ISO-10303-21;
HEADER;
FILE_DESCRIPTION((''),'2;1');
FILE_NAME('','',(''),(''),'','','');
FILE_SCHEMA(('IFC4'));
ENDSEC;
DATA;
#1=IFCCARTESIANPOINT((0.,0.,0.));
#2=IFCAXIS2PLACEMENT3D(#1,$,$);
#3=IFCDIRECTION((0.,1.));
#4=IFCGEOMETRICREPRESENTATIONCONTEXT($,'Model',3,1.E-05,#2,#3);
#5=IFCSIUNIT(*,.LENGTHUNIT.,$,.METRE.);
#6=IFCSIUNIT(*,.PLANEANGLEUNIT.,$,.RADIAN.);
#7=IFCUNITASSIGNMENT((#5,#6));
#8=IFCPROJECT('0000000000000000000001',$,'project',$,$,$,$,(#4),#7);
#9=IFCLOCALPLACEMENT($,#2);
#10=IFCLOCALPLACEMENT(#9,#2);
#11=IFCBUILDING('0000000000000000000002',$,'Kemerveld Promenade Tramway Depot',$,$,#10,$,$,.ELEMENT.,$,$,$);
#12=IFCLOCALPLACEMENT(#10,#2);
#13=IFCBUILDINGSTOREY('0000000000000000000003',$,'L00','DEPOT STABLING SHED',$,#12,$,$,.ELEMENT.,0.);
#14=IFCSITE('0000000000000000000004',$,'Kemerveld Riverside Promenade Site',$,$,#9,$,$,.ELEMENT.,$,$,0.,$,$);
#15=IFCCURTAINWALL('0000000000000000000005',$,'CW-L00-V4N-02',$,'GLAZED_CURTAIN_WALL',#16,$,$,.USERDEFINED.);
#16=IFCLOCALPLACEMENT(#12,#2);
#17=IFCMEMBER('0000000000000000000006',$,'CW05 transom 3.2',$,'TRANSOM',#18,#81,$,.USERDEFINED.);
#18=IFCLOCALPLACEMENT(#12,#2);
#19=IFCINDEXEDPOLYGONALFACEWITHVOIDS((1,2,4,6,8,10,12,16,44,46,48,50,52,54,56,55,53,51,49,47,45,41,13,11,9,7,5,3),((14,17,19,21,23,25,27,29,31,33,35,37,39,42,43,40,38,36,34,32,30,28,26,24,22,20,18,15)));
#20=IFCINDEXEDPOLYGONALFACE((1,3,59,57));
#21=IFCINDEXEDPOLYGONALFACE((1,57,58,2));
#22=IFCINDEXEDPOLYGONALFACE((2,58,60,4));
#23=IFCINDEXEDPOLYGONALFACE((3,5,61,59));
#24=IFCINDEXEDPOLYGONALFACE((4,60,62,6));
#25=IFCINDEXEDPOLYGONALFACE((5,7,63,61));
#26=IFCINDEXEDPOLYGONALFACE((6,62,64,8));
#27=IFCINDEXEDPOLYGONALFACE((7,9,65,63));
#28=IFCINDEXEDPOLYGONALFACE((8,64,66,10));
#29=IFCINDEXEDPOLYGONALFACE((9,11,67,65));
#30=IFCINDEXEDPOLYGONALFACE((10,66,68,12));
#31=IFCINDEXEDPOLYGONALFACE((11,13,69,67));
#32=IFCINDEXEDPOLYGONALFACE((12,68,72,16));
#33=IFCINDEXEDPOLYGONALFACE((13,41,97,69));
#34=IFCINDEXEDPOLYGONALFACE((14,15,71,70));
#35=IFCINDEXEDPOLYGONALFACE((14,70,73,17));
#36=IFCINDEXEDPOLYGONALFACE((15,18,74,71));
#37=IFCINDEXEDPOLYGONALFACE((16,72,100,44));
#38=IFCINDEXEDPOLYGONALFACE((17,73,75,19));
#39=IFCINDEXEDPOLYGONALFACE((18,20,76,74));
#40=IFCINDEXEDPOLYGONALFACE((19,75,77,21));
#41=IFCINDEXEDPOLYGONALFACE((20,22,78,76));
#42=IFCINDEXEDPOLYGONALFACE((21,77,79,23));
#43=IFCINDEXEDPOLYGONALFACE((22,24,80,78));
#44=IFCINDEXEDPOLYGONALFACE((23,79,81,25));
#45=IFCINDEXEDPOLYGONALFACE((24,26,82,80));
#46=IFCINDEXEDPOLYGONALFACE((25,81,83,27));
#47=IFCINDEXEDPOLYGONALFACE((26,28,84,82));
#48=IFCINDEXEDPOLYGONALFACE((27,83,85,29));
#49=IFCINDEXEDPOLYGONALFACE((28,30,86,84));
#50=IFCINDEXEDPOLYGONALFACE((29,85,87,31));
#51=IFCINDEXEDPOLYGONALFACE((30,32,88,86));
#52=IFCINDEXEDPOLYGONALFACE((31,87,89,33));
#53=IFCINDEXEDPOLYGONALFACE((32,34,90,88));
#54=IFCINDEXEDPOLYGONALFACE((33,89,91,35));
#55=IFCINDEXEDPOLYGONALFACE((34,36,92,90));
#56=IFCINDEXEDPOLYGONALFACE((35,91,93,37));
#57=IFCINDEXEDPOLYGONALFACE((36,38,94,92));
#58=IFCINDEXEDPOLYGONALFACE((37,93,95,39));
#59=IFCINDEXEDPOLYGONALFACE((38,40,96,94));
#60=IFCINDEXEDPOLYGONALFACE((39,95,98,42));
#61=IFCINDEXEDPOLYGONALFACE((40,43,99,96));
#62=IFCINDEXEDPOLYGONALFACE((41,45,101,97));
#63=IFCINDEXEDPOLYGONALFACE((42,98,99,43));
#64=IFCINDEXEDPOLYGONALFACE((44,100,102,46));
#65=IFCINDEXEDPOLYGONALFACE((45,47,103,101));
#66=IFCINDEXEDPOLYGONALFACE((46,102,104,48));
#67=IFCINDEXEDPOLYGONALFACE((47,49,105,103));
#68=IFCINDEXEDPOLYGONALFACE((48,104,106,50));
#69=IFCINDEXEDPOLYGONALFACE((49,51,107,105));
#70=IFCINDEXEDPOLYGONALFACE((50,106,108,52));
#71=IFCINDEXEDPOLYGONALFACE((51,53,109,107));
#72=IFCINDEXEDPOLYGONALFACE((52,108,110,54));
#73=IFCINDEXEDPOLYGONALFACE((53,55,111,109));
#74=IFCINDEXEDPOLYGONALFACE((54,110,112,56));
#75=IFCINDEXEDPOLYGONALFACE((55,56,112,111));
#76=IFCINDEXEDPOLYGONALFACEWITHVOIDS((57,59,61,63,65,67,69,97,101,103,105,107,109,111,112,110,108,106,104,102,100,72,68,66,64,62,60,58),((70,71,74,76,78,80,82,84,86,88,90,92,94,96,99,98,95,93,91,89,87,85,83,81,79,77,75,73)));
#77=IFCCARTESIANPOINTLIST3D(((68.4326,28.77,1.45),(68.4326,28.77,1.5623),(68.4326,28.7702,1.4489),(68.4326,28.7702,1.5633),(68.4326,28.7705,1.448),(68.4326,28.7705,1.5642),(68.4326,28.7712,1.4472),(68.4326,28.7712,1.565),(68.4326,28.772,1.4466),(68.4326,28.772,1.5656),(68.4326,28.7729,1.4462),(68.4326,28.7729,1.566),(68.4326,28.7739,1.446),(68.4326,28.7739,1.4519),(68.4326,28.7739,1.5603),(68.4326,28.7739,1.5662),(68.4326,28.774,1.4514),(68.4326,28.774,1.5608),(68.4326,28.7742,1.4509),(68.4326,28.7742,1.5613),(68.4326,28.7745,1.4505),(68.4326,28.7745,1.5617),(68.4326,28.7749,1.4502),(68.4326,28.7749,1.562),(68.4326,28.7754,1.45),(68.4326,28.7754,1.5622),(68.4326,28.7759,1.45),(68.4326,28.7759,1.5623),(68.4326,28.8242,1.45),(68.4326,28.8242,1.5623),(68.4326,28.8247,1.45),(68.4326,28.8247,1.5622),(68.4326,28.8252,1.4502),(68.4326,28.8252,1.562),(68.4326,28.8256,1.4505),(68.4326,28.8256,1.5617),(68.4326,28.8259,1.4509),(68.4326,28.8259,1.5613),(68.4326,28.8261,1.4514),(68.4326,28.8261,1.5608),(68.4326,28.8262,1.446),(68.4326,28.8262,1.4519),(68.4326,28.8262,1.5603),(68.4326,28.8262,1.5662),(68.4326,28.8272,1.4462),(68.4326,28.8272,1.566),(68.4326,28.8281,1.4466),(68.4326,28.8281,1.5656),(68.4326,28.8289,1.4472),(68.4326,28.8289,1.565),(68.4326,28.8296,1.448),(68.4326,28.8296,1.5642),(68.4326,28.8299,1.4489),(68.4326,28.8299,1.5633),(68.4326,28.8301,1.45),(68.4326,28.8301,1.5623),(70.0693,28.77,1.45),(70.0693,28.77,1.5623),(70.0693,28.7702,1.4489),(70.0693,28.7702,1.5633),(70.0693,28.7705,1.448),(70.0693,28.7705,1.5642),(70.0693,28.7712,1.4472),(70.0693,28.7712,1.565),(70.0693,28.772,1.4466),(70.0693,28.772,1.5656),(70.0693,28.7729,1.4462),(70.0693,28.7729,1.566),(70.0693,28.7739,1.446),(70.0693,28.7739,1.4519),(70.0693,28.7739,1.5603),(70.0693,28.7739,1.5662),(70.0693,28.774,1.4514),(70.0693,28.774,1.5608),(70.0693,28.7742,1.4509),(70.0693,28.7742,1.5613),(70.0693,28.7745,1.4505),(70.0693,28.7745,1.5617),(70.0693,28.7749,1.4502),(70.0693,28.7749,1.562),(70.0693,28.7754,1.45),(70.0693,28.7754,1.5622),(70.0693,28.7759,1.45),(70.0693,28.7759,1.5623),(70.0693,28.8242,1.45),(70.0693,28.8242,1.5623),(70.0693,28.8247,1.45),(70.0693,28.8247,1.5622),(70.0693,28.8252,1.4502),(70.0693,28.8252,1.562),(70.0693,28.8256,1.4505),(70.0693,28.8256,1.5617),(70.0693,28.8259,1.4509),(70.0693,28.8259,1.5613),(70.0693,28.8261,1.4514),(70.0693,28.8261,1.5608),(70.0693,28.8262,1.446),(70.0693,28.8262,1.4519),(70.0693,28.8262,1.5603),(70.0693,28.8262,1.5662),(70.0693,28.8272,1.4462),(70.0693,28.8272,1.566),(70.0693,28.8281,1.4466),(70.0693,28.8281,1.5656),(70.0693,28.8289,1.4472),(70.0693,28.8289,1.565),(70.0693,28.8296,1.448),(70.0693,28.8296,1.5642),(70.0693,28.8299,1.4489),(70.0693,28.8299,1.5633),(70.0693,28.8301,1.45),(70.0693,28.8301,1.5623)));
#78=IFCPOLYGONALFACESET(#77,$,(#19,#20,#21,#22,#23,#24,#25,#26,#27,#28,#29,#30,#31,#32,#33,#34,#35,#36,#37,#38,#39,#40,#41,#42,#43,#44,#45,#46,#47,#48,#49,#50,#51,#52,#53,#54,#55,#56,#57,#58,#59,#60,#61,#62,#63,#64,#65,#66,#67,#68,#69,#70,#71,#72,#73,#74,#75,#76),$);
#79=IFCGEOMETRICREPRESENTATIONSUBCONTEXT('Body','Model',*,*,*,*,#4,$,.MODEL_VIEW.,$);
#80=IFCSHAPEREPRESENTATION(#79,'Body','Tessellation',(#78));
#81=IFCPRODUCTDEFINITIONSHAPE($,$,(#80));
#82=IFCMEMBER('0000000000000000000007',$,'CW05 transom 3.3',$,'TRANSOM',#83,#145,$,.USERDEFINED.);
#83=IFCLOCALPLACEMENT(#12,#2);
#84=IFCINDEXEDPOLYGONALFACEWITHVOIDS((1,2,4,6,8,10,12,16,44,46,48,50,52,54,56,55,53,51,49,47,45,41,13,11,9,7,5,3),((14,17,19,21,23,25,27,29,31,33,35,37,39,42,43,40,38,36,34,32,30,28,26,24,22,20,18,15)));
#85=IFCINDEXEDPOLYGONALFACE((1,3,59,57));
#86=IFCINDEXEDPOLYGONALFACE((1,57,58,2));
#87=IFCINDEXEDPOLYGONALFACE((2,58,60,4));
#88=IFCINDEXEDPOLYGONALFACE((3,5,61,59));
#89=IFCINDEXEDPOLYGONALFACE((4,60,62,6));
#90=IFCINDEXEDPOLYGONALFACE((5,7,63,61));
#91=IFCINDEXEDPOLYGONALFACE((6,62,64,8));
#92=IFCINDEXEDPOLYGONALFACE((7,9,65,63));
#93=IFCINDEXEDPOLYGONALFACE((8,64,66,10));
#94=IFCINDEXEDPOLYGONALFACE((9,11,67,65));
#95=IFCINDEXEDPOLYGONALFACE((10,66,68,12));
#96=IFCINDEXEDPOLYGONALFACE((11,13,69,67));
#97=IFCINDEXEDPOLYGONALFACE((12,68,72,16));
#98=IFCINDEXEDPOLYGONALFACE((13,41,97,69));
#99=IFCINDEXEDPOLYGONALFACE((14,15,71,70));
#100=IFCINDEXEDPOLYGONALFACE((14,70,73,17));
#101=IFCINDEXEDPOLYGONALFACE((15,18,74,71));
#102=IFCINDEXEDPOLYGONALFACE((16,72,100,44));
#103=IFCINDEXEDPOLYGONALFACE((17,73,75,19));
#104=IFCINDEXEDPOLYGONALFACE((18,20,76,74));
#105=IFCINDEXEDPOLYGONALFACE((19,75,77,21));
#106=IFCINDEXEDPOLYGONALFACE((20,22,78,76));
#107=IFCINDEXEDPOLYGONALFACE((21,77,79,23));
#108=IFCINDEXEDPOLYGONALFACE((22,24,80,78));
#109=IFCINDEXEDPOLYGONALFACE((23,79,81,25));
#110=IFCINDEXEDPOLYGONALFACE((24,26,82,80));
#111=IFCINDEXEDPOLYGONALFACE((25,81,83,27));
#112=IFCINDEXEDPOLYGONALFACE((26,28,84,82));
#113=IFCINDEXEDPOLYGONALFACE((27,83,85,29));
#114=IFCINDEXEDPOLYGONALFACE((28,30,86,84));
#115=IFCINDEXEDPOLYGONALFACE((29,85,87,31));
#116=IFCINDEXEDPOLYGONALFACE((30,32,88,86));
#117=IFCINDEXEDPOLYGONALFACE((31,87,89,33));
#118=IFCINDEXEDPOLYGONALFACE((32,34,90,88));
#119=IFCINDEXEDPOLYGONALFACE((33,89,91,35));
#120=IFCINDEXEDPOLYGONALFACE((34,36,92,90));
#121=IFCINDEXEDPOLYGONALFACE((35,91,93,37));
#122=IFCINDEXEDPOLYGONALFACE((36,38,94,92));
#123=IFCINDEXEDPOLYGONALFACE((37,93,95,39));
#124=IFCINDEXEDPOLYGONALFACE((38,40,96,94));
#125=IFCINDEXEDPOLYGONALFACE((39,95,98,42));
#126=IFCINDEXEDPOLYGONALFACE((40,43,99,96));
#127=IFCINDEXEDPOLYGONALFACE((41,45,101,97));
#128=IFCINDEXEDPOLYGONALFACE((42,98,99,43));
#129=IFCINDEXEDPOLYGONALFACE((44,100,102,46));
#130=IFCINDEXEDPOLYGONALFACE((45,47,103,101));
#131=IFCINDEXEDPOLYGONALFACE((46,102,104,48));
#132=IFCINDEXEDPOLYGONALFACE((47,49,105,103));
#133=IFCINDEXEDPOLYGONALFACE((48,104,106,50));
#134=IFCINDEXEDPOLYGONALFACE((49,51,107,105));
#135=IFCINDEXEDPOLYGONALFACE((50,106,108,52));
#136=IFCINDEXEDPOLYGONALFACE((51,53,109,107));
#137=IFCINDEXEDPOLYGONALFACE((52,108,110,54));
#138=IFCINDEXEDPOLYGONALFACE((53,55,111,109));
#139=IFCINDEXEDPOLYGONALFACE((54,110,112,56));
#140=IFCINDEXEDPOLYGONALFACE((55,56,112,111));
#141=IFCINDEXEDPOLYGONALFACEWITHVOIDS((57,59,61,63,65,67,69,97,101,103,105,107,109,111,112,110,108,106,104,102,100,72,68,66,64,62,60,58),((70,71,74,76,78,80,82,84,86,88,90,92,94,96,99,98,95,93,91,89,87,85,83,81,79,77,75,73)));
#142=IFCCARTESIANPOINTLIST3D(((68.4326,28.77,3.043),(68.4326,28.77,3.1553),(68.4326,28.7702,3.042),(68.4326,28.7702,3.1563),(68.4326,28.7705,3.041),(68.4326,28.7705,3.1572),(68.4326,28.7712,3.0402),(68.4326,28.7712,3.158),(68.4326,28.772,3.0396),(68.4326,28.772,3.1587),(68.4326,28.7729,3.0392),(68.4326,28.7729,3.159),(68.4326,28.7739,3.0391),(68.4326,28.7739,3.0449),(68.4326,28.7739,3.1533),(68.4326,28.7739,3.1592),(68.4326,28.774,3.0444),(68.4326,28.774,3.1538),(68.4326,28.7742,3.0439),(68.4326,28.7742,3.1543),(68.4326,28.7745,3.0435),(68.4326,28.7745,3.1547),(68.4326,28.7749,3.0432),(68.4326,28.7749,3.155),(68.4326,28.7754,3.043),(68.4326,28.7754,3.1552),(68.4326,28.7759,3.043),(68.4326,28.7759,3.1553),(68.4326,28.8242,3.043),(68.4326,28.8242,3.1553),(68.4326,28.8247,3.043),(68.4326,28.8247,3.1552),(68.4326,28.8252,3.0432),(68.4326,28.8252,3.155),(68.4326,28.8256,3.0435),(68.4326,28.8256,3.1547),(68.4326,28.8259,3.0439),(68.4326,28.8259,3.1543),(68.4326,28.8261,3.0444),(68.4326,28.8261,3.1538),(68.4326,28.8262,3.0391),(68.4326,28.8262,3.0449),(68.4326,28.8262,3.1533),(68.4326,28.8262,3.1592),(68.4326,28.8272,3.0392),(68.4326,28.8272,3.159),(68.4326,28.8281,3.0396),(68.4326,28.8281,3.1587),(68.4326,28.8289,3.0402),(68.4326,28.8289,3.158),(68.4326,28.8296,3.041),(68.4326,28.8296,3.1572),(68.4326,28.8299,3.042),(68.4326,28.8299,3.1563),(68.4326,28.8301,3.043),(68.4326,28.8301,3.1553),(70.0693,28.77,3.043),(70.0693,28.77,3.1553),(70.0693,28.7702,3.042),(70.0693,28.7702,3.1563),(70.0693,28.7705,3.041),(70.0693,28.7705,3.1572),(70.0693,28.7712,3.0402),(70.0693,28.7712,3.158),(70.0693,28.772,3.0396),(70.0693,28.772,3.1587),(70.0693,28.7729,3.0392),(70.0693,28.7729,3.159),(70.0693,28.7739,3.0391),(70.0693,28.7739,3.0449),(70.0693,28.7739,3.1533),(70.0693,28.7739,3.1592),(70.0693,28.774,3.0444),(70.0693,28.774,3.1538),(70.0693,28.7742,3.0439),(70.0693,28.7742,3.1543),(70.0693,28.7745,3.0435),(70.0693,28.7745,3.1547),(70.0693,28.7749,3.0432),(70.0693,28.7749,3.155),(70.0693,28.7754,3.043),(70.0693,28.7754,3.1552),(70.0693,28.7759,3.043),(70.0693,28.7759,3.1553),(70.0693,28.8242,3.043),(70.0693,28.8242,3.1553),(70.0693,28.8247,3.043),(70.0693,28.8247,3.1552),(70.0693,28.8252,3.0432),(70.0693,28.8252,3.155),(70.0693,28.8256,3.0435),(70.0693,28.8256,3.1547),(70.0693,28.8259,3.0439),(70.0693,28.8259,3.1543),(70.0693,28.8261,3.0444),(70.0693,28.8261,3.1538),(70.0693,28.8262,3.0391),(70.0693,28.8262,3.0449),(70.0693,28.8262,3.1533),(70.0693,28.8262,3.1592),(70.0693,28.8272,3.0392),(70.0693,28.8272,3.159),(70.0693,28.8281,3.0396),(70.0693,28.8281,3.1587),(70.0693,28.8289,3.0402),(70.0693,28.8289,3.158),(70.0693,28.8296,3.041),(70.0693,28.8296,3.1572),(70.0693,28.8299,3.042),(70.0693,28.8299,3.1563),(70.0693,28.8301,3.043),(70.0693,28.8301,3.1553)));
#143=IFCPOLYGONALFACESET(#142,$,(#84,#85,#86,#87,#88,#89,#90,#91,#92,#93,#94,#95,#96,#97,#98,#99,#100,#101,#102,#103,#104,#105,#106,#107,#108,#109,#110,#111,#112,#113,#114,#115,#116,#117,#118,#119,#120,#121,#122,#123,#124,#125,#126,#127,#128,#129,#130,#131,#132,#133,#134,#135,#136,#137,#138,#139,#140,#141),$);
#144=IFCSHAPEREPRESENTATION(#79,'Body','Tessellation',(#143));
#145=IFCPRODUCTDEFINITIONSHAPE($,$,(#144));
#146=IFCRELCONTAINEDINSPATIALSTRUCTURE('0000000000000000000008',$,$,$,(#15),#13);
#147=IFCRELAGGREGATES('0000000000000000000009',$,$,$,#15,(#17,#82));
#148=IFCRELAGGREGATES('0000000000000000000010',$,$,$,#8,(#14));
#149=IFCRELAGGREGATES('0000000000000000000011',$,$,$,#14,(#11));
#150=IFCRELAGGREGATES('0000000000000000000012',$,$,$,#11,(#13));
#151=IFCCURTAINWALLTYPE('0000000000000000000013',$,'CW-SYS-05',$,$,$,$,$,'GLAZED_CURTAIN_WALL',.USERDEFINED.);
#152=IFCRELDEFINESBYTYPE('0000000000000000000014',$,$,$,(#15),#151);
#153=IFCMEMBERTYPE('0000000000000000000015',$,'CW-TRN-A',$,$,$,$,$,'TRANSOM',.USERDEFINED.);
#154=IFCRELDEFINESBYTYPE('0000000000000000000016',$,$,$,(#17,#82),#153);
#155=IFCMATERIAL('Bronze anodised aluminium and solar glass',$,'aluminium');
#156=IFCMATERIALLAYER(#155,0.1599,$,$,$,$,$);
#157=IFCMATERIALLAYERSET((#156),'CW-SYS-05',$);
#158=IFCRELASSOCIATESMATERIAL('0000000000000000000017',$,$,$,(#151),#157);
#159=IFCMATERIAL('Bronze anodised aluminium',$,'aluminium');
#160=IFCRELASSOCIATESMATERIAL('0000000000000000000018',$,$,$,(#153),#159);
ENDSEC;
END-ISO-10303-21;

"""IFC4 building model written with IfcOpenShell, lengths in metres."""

from ifc_helpers import new_model, si_unit, direction, frame, origin, origin_2d, place, context, subcontext, project, spatial, hollow_rectangle, extrude, material, layer, layer_set, material_profile, profile_set, type_object, element, aggregate, save


model = new_model("IFC4")

# Units and contexts
model_context = context("Model", 3, precision=1e-05, world=origin(), true_north=direction((0.0, 1.0)))
body_context = subcontext(model_context, "Body", "Model", "MODEL_VIEW")
ifc_project = project(units=[si_unit("LENGTHUNIT", "METRE"), si_unit("PLANEANGLEUNIT", "RADIAN")], contexts=[model_context])

# Site, building, storey
site_placement = place(None, origin())
site = spatial("IfcSite", under=ifc_project, at=site_placement, Name="Kemerveld Riverside Promenade Site", CompositionType="ELEMENT", RefElevation=0.0)
building_placement = place(site_placement, origin())
building = spatial("IfcBuilding", under=site, at=building_placement, Name="Kemerveld Promenade Tramway Depot", CompositionType="ELEMENT")
storey_placement = place(building_placement, origin())
storey = spatial("IfcBuildingStorey", under=building, at=storey_placement, Name="L00", Description="DEPOT STABLING SHED", CompositionType="ELEMENT", Elevation=0.0)

# Curtain wall, members
ifc_material_1 = material(Name="Bronze anodised aluminium and solar glass", Category="aluminium")
ifc_layer_1 = layer(ifc_material_1, 0.1599)
ifc_layer_set_1 = layer_set([ifc_layer_1], Name="CW-SYS-05")
curtain_wall_type = type_object("IfcCurtainWallType", Name="CW-SYS-05", ElementType="GLAZED_CURTAIN_WALL", PredefinedType="USERDEFINED", material=ifc_layer_set_1)
curtain_wall_placement = place(storey_placement, origin())
curtain_wall = element("IfcCurtainWall", 1, at=curtain_wall_placement, inside=storey, type_object=curtain_wall_type, Name="CW-L00-V4N-02", ObjectType="GLAZED_CURTAIN_WALL", PredefinedType="USERDEFINED")
ifc_material_2 = material(Name="Bronze anodised aluminium", Category="aluminium")
ifc_material_profile_1 = material_profile(ifc_material_2, hollow_rectangle(XDim=0.0601, YDim=0.1201, WallThickness=0.0039, InnerFilletRadius=0.002, OuterFilletRadius=0.0039, at=origin_2d()), Name="CW-TRN-120x60")
ifc_profile_set_1 = profile_set([ifc_material_profile_1], Name="Bronze anodised aluminium")
member_type_1 = type_object("IfcMemberType", Name="CW-TRN-A", ElementType="TRANSOM", PredefinedType="USERDEFINED", material=ifc_profile_set_1)
member_1_placement = place(storey_placement, frame((68.4326, 28.8, 1.5061), z_axis=(1.0, 0.0, 0.0), x_axis=(0.0, 1.0, 0.0)))
member_1 = element("IfcMember", 2, at=member_1_placement, type_object=member_type_1, Name="CW05 transom 3.2", ObjectType="TRANSOM", PredefinedType="USERDEFINED", context=body_context, shape_type="SweptSolid", body=[
    extrude(hollow_rectangle(XDim=0.0601, YDim=0.1201, WallThickness=0.0039, InnerFilletRadius=0.002, OuterFilletRadius=0.0039, at=origin_2d()), origin(), (0.0, 0.0, 1.0), 1.6367),
])
member_2_placement = place(storey_placement, frame((68.4326, 28.8, 3.0991), z_axis=(1.0, 0.0, 0.0), x_axis=(0.0, 1.0, 0.0)))
member_2 = element("IfcMember", 3, at=member_2_placement, type_object=member_type_1, Name="CW05 transom 3.3", ObjectType="TRANSOM", PredefinedType="USERDEFINED", context=body_context, shape_type="SweptSolid", body=[
    extrude(hollow_rectangle(XDim=0.0601, YDim=0.1201, WallThickness=0.0039, InnerFilletRadius=0.002, OuterFilletRadius=0.0039, at=origin_2d()), origin(), (0.0, 0.0, 1.0), 1.6367),
])
aggregate(curtain_wall, [member_1, member_2])

save(model, "model.ifc")
